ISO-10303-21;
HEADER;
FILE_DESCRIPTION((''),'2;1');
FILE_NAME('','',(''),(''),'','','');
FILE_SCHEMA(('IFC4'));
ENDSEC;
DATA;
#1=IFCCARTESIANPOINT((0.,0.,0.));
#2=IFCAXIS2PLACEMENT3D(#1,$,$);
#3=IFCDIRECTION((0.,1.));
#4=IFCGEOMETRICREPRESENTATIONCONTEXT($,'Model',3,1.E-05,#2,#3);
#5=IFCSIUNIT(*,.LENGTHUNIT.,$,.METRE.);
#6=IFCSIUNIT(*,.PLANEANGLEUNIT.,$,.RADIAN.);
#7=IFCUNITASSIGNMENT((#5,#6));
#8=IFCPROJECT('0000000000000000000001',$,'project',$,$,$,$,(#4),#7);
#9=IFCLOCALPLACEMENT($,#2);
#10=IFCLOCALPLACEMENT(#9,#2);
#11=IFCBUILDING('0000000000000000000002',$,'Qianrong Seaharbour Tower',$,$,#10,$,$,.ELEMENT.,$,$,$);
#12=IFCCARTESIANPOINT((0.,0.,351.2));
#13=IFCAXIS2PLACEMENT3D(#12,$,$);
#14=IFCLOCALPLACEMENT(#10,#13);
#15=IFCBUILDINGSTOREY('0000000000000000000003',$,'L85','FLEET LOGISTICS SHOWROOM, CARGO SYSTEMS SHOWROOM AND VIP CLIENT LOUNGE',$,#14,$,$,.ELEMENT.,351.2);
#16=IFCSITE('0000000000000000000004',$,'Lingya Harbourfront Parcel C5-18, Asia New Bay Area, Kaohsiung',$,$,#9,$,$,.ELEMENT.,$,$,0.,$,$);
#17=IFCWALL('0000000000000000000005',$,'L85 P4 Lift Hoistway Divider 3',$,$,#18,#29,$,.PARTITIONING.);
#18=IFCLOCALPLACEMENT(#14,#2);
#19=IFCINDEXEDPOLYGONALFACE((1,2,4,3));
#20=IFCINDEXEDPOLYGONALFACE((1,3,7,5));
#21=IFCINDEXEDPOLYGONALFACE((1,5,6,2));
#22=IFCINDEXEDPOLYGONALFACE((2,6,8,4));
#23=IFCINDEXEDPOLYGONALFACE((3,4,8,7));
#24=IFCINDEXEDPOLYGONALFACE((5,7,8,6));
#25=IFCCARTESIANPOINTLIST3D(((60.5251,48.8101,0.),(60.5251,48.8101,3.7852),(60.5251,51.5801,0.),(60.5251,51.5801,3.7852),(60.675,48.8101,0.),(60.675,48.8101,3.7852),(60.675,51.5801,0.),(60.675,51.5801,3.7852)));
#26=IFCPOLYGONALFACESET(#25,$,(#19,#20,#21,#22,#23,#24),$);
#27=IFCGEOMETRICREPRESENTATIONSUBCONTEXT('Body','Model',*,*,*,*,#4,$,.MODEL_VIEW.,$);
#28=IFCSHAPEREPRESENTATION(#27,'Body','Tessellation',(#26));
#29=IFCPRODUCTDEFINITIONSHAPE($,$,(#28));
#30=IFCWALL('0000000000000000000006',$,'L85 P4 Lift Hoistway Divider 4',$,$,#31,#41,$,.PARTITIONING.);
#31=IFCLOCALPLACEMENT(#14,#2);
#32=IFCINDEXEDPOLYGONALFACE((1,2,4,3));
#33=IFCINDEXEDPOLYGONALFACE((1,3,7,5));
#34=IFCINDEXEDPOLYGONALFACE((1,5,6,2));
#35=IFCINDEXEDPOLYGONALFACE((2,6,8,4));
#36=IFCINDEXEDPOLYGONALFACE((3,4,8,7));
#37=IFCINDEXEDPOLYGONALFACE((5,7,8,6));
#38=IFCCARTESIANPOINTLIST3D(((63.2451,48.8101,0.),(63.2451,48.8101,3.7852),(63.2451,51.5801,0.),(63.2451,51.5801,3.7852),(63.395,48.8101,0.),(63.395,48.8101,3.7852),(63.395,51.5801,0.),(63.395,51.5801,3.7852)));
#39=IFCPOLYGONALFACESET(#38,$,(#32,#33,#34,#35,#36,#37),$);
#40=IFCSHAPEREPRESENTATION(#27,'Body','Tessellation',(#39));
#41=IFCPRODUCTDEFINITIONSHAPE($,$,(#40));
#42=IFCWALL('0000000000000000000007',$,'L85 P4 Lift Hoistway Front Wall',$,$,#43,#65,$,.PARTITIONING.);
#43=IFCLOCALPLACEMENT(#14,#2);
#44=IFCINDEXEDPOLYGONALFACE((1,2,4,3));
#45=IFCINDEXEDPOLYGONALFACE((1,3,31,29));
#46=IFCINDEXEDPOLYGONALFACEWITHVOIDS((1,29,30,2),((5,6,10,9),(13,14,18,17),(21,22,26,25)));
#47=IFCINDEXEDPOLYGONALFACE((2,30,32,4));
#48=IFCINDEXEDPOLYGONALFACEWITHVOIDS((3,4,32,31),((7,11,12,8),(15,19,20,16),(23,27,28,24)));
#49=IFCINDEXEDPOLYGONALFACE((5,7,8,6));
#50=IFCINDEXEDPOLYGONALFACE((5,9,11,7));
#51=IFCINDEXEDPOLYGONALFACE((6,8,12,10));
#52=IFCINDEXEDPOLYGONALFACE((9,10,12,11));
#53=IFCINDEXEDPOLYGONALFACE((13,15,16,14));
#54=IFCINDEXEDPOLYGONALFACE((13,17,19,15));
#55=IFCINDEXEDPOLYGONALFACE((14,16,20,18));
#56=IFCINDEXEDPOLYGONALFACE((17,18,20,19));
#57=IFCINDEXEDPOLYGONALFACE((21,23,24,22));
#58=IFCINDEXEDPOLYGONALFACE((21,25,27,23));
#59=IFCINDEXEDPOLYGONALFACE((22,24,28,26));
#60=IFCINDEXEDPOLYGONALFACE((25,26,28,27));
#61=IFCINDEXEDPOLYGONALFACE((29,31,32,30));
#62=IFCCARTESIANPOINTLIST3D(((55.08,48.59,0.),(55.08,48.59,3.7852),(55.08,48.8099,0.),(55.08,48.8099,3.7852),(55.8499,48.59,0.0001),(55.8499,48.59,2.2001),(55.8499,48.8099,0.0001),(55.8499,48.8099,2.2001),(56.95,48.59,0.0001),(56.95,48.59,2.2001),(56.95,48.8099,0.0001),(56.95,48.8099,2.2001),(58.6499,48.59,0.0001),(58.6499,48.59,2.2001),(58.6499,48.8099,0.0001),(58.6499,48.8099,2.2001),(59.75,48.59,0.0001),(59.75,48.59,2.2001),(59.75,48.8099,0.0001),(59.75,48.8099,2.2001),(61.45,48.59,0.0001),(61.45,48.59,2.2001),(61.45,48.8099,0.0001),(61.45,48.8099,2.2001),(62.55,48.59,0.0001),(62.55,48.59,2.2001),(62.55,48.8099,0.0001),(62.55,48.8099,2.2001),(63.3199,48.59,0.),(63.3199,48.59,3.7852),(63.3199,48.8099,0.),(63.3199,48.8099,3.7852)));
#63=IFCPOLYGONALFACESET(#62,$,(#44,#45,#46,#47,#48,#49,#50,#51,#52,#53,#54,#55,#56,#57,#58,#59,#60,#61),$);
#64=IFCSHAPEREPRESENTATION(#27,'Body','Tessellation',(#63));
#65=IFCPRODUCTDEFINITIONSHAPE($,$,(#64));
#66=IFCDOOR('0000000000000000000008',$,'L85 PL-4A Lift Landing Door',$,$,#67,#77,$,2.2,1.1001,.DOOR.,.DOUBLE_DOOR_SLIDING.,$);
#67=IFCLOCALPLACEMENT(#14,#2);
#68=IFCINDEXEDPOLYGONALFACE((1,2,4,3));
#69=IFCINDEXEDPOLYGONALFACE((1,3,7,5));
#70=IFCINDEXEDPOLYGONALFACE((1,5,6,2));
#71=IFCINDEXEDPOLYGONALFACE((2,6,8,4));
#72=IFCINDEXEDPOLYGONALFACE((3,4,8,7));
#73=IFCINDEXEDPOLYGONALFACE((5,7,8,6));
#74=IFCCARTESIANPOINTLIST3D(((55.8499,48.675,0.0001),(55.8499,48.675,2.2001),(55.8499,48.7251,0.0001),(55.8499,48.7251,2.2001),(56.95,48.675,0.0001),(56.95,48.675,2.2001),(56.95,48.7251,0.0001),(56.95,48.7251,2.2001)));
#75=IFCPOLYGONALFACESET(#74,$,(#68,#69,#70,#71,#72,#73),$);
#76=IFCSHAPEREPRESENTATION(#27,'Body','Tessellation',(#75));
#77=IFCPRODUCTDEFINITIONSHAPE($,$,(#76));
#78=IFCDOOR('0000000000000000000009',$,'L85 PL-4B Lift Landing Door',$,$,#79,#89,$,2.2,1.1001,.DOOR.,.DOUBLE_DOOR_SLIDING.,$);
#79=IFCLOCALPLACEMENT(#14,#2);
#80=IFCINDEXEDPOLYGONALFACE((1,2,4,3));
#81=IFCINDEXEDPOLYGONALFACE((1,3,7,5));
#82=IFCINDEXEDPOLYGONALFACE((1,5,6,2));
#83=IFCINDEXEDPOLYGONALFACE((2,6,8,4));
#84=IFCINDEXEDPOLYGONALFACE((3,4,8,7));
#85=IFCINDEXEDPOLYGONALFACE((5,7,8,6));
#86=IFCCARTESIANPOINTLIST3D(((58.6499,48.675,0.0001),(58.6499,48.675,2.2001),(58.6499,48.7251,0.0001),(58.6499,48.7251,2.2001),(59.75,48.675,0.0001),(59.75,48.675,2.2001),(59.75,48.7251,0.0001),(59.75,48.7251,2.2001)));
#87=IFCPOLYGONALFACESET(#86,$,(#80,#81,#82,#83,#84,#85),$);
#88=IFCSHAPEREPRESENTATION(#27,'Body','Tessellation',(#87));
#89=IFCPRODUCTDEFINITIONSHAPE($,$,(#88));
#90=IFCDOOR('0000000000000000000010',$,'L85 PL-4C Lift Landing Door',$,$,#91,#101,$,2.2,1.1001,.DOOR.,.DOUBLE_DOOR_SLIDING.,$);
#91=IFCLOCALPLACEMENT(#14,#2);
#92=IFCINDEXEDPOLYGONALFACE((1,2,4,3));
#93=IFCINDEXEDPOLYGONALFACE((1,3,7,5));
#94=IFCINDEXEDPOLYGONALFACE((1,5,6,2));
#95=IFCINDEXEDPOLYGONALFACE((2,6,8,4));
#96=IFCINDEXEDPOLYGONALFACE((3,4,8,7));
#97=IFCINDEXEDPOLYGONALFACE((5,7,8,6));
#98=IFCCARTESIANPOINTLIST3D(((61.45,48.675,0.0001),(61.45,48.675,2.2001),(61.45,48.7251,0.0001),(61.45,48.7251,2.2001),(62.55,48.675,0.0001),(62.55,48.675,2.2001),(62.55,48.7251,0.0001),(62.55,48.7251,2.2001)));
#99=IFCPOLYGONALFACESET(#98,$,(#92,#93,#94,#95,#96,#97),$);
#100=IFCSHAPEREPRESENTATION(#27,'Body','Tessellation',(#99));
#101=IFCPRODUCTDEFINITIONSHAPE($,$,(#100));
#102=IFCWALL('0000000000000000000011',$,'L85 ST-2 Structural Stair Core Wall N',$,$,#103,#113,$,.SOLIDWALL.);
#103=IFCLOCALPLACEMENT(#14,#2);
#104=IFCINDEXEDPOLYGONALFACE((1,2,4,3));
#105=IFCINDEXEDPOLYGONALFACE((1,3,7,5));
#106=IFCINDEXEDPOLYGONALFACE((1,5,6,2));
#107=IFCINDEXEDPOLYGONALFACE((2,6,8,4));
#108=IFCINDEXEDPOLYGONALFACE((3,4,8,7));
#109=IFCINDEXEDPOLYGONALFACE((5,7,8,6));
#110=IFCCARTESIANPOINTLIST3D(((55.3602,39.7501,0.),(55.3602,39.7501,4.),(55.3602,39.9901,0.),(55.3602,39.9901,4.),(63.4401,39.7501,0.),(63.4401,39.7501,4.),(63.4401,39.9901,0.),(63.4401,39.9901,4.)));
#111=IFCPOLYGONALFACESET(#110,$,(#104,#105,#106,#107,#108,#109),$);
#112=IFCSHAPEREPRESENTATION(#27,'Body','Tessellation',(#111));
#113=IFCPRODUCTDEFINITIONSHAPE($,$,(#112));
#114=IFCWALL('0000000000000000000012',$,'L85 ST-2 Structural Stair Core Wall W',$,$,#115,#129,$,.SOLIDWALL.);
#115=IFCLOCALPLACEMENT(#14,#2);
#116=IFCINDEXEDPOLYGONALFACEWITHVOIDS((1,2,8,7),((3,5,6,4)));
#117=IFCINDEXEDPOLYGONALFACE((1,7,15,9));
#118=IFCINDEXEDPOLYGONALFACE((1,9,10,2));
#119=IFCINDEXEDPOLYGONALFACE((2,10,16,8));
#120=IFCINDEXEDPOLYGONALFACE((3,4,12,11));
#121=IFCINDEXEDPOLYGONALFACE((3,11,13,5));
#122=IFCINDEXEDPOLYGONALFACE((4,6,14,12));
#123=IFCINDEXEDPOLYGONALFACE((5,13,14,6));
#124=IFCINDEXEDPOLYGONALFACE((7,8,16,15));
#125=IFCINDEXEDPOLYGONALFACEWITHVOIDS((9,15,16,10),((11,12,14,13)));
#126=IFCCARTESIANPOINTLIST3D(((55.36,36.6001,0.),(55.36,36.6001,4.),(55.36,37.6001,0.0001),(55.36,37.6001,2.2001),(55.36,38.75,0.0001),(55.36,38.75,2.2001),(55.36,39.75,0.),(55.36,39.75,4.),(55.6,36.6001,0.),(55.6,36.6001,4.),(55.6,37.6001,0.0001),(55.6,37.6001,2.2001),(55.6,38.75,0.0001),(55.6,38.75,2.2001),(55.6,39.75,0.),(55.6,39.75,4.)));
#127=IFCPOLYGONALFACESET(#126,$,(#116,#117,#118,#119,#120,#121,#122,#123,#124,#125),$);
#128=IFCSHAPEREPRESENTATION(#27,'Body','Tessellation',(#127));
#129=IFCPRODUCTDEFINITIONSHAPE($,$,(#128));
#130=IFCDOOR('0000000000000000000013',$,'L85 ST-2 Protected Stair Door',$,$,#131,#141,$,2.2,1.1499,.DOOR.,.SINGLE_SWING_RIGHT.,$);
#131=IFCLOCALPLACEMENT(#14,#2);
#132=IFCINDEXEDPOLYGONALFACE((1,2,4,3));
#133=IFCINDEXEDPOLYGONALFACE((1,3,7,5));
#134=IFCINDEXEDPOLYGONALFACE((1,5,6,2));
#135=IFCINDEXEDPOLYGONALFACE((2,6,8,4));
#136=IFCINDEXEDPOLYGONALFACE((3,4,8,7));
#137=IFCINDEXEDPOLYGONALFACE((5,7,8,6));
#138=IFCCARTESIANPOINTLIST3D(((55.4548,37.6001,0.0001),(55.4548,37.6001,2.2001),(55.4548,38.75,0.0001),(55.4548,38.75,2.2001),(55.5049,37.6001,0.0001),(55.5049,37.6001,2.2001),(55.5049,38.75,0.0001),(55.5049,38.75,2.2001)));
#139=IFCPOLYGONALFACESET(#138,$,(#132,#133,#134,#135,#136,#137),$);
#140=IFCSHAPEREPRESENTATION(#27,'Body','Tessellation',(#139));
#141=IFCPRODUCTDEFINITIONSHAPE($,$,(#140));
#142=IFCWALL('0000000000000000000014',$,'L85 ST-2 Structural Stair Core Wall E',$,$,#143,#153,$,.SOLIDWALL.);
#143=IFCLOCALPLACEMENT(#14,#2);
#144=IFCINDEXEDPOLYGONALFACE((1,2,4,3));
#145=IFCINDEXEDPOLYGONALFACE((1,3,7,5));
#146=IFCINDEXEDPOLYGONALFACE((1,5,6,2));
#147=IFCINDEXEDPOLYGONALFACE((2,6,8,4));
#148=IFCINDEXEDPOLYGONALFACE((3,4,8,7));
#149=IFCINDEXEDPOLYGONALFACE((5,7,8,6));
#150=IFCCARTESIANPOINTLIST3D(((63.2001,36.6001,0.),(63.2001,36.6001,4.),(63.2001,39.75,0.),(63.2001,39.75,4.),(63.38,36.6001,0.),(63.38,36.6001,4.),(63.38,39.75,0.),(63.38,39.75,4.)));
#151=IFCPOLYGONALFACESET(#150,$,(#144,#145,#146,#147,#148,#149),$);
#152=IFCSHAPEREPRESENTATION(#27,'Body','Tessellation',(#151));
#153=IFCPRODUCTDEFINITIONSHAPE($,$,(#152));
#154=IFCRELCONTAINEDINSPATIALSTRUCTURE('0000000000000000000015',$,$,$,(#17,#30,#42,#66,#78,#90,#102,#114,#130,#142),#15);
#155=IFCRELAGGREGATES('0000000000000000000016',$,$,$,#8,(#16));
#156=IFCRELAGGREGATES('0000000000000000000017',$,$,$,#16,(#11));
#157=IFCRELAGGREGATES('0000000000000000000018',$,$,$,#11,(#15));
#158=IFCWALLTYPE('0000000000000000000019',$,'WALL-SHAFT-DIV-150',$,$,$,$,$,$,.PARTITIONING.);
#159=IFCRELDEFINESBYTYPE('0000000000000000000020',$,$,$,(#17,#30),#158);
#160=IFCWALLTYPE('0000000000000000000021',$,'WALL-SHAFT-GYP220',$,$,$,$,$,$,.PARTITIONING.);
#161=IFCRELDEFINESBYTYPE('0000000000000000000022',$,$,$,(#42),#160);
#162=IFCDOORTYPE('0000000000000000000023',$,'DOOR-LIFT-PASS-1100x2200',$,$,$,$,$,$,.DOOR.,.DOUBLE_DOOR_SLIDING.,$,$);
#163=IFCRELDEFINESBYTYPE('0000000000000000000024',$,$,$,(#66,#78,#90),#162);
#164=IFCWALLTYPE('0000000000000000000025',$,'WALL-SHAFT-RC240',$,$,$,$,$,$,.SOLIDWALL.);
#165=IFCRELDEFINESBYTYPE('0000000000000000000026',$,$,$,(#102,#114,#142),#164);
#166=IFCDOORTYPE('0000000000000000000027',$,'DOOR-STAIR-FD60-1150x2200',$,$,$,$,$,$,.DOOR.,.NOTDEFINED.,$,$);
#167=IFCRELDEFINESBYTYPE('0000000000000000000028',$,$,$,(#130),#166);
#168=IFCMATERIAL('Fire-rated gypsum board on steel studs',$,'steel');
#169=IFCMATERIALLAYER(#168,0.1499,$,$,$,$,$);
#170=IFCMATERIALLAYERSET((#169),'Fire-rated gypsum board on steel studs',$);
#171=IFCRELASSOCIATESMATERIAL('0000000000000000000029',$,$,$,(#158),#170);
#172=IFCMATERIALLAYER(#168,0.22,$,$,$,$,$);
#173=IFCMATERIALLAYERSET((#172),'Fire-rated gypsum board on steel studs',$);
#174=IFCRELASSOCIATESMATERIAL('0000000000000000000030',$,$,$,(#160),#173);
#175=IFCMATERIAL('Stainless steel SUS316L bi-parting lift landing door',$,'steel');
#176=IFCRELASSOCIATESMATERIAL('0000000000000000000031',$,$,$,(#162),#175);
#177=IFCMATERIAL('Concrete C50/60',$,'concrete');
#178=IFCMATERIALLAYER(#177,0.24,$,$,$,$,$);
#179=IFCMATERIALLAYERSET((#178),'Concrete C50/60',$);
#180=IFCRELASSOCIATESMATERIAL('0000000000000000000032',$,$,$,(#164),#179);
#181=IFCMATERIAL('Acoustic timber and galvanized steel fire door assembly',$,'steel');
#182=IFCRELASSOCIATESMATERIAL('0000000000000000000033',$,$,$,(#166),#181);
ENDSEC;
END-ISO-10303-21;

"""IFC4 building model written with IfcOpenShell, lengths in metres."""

from ifc_helpers import new_model, si_unit, direction, frame, frame_2d, origin, place, context, subcontext, project, spatial, rectangle, extrude, material, layer, layer_set, type_object, element, fill, save


model = new_model("IFC4")

# Units and contexts
model_context = context("Model", 3, precision=1e-05, world=origin(), true_north=direction((0.0, 1.0)))
body_context = subcontext(model_context, "Body", "Model", "MODEL_VIEW")
ifc_project = project(units=[si_unit("LENGTHUNIT", "METRE"), si_unit("PLANEANGLEUNIT", "RADIAN")], contexts=[model_context])

# Site, building, storey
site_placement = place(None, origin())
site = spatial("IfcSite", under=ifc_project, at=site_placement, Name="Lingya Harbourfront Parcel C5-18, Asia New Bay Area, Kaohsiung", CompositionType="ELEMENT", RefElevation=0.0)
building_placement = place(site_placement, origin())
building = spatial("IfcBuilding", under=site, at=building_placement, Name="Qianrong Seaharbour Tower", CompositionType="ELEMENT")
storey_placement = place(building_placement, frame((0.0, 0.0, 351.2)))
storey = spatial("IfcBuildingStorey", under=building, at=storey_placement, Name="L85", Description="FLEET LOGISTICS SHOWROOM, CARGO SYSTEMS SHOWROOM AND VIP CLIENT LOUNGE", CompositionType="ELEMENT", Elevation=351.2)

# Shared definitions
ifc_material_1 = material(Name="Concrete C50/60", Category="concrete")

# Shared definitions
ifc_material_2 = material(Name="Acoustic timber and galvanized steel fire door assembly", Category="steel")

# Walls
ifc_material_3 = material(Name="Fire-rated gypsum board on steel studs", Category="steel")
ifc_layer_1 = layer(ifc_material_3, 0.1499)
ifc_layer_set_1 = layer_set([ifc_layer_1], Name="Fire-rated gypsum board on steel studs")
wall_type_1 = type_object("IfcWallType", Name="WALL-SHAFT-DIV-150", PredefinedType="PARTITIONING", material=ifc_layer_set_1)
for number, where, z_axis, x_axis, name in (
    (1, (60.6001, 48.8101, 0.0), (0.0, 0.0, 1.0), (0.0, 1.0, 0.0), "L85 P4 Lift Hoistway Divider 3"),
    (2, (63.3201, 48.8101, 0.0), (0.0, 0.0, 1.0), (0.0, 1.0, 0.0), "L85 P4 Lift Hoistway Divider 4"),
):
    element("IfcWall", number, at=place(storey_placement, frame(where, z_axis=z_axis, x_axis=x_axis)), inside=storey, type_object=wall_type_1, Name=name, PredefinedType="PARTITIONING", context=body_context, shape_type="SweptSolid", body=[
        extrude(rectangle(XDim=2.77, YDim=0.1499, at=frame_2d((1.385, 0.0))), origin(), (0.0, 0.0, 1.0), 3.7852),
    ])

# Wall, openings, doors
ifc_layer_2 = layer(ifc_material_3, 0.22)
ifc_layer_set_2 = layer_set([ifc_layer_2], Name="Fire-rated gypsum board on steel studs")
wall_type_2 = type_object("IfcWallType", Name="WALL-SHAFT-GYP220", PredefinedType="PARTITIONING", material=ifc_layer_set_2)
wall_1_placement = place(storey_placement, frame((63.3201, 48.7, 0.0), z_axis=(0.0, 0.0, 1.0), x_axis=(-1.0, 0.0, 0.0)))
wall_1 = element("IfcWall", 3, at=wall_1_placement, inside=storey, type_object=wall_type_2, Name="L85 P4 Lift Hoistway Front Wall", PredefinedType="PARTITIONING", context=body_context, shape_type="SweptSolid", body=[
    extrude(rectangle(XDim=8.24, YDim=0.22, at=frame_2d((4.1201, 0.0))), origin(), (0.0, 0.0, 1.0), 3.7852),
])
opening_1_placement = place(wall_1_placement, frame((6.3701, 0.0, 0.0)))
opening_1 = element("IfcOpeningElement", 4, at=opening_1_placement, cuts=wall_1, PredefinedType="OPENING", context=body_context, shape_type="SweptSolid", body=[
    extrude(rectangle(XDim=1.1001, YDim=2.2, at=frame_2d((0.55, 1.1001))), frame((0.0, 0.1201, 0.0), z_axis=(0.0, -1.0, 0.0), x_axis=(1.0, 0.0, 0.0)), (0.0, 0.0, 1.0), 0.24),
])
opening_2_placement = place(wall_1_placement, frame((3.5701, 0.0, 0.0)))
opening_2 = element("IfcOpeningElement", 5, at=opening_2_placement, cuts=wall_1, PredefinedType="OPENING", context=body_context, shape_type="SweptSolid", body=[
    extrude(rectangle(XDim=1.1001, YDim=2.2, at=frame_2d((0.55, 1.1001))), frame((0.0, 0.1201, 0.0), z_axis=(0.0, -1.0, 0.0), x_axis=(1.0, 0.0, 0.0)), (0.0, 0.0, 1.0), 0.24),
])
opening_3_placement = place(wall_1_placement, frame((0.77, 0.0, 0.0)))
opening_3 = element("IfcOpeningElement", 6, at=opening_3_placement, cuts=wall_1, PredefinedType="OPENING", context=body_context, shape_type="SweptSolid", body=[
    extrude(rectangle(XDim=1.1001, YDim=2.2, at=frame_2d((0.55, 1.1001))), frame((0.0, 0.1201, 0.0), z_axis=(0.0, -1.0, 0.0), x_axis=(1.0, 0.0, 0.0)), (0.0, 0.0, 1.0), 0.24),
])
ifc_material_4 = material(Name="Stainless steel SUS316L bi-parting lift landing door", Category="steel")
door_type_1 = type_object("IfcDoorType", Name="DOOR-LIFT-PASS-1100x2200", OperationType="DOUBLE_DOOR_SLIDING", PredefinedType="DOOR", material=ifc_material_4)
door_1_placement = place(opening_1_placement, origin())
door_1 = element("IfcDoor", 7, at=door_1_placement, inside=storey, type_object=door_type_1, Name="L85 PL-4A Lift Landing Door", OperationType="DOUBLE_DOOR_SLIDING", OverallHeight=2.2, OverallWidth=1.1001, PredefinedType="DOOR", context=body_context, shape_type="SweptSolid", body=[
    extrude(rectangle(XDim=1.1001, YDim=2.2, at=frame_2d((0.55, 1.1001))), frame((0.0, 0.0249, 0.0), z_axis=(0.0, -1.0, 0.0), x_axis=(1.0, 0.0, 0.0)), (0.0, 0.0, 1.0), 0.05),
])
fill(opening_1, door_1)
door_2_placement = place(opening_2_placement, origin())
door_2 = element("IfcDoor", 8, at=door_2_placement, inside=storey, type_object=door_type_1, Name="L85 PL-4B Lift Landing Door", OperationType="DOUBLE_DOOR_SLIDING", OverallHeight=2.2, OverallWidth=1.1001, PredefinedType="DOOR", context=body_context, shape_type="SweptSolid", body=[
    extrude(rectangle(XDim=1.1001, YDim=2.2, at=frame_2d((0.55, 1.1001))), frame((0.0, 0.0249, 0.0), z_axis=(0.0, -1.0, 0.0), x_axis=(1.0, 0.0, 0.0)), (0.0, 0.0, 1.0), 0.05),
])
fill(opening_2, door_2)
door_3_placement = place(opening_3_placement, origin())
door_3 = element("IfcDoor", 9, at=door_3_placement, inside=storey, type_object=door_type_1, Name="L85 PL-4C Lift Landing Door", OperationType="DOUBLE_DOOR_SLIDING", OverallHeight=2.2, OverallWidth=1.1001, PredefinedType="DOOR", context=body_context, shape_type="SweptSolid", body=[
    extrude(rectangle(XDim=1.1001, YDim=2.2, at=frame_2d((0.55, 1.1001))), frame((0.0, 0.0249, 0.0), z_axis=(0.0, -1.0, 0.0), x_axis=(1.0, 0.0, 0.0)), (0.0, 0.0, 1.0), 0.05),
])
fill(opening_3, door_3)

# Wall
ifc_layer_3 = layer(ifc_material_1, 0.24)
ifc_layer_set_3 = layer_set([ifc_layer_3], Name="Concrete C50/60")
wall_type_3 = type_object("IfcWallType", Name="WALL-SHAFT-RC240", PredefinedType="SOLIDWALL", material=ifc_layer_set_3)
wall_2_placement = place(storey_placement, frame((55.3601, 39.8701, 0.0), z_axis=(0.0, 0.0, 1.0), x_axis=(1.0, 0.0, 0.0)))
element("IfcWall", 10, at=wall_2_placement, inside=storey, type_object=wall_type_3, Name="L85 ST-2 Structural Stair Core Wall N", PredefinedType="SOLIDWALL", context=body_context, shape_type="SweptSolid", body=[
    extrude(rectangle(XDim=8.0798, YDim=0.24, at=frame_2d((4.04, 0.0))), origin(), (0.0, 0.0, 1.0), 4.0),
])

# Wall, opening, door
wall_3_placement = place(storey_placement, frame((55.48, 39.75, 0.0), z_axis=(0.0, 0.0, 1.0), x_axis=(0.0, -1.0, 0.0)))
wall_3 = element("IfcWall", 11, at=wall_3_placement, inside=storey, type_object=wall_type_3, Name="L85 ST-2 Structural Stair Core Wall W", PredefinedType="SOLIDWALL", context=body_context, shape_type="SweptSolid", body=[
    extrude(rectangle(XDim=3.1499, YDim=0.24, at=frame_2d((1.575, 0.0))), origin(), (0.0, 0.0, 1.0), 4.0),
])
opening_4_placement = place(wall_3_placement, frame((1.0, 0.0, 0.0)))
opening_4 = element("IfcOpeningElement", 12, at=opening_4_placement, cuts=wall_3, PredefinedType="OPENING", context=body_context, shape_type="SweptSolid", body=[
    extrude(rectangle(XDim=1.1499, YDim=2.2, at=frame_2d((0.575, 1.1001))), frame((0.0, 0.1299, 0.0), z_axis=(0.0, -1.0, 0.0), x_axis=(1.0, 0.0, 0.0)), (0.0, 0.0, 1.0), 0.26),
])
door_type_2 = type_object("IfcDoorType", Name="DOOR-STAIR-FD60-1150x2200", OperationType="NOTDEFINED", PredefinedType="DOOR", material=ifc_material_2)
door_4_placement = place(opening_4_placement, origin())
door_4 = element("IfcDoor", 13, at=door_4_placement, inside=storey, type_object=door_type_2, Name="L85 ST-2 Protected Stair Door", OperationType="SINGLE_SWING_RIGHT", OverallHeight=2.2, OverallWidth=1.1499, PredefinedType="DOOR", context=body_context, shape_type="SweptSolid", body=[
    extrude(rectangle(XDim=1.1499, YDim=2.2, at=frame_2d((0.575, 1.1001))), frame((0.0, 0.0249, 0.0), z_axis=(0.0, -1.0, 0.0), x_axis=(1.0, 0.0, 0.0)), (0.0, 0.0, 1.0), 0.05),
])
fill(opening_4, door_4)

# Wall
wall_4_placement = place(storey_placement, frame((63.29, 36.6001, 0.0), z_axis=(0.0, 0.0, 1.0), x_axis=(0.0, 1.0, 0.0)))
element("IfcWall", 14, at=wall_4_placement, inside=storey, type_object=wall_type_3, Name="L85 ST-2 Structural Stair Core Wall E", PredefinedType="SOLIDWALL", context=body_context, shape_type="SweptSolid", body=[
    extrude(rectangle(XDim=3.1499, YDim=0.1799, at=frame_2d((1.575, 0.0))), origin(), (0.0, 0.0, 1.0), 4.0),
])

save(model, "model.ifc")
